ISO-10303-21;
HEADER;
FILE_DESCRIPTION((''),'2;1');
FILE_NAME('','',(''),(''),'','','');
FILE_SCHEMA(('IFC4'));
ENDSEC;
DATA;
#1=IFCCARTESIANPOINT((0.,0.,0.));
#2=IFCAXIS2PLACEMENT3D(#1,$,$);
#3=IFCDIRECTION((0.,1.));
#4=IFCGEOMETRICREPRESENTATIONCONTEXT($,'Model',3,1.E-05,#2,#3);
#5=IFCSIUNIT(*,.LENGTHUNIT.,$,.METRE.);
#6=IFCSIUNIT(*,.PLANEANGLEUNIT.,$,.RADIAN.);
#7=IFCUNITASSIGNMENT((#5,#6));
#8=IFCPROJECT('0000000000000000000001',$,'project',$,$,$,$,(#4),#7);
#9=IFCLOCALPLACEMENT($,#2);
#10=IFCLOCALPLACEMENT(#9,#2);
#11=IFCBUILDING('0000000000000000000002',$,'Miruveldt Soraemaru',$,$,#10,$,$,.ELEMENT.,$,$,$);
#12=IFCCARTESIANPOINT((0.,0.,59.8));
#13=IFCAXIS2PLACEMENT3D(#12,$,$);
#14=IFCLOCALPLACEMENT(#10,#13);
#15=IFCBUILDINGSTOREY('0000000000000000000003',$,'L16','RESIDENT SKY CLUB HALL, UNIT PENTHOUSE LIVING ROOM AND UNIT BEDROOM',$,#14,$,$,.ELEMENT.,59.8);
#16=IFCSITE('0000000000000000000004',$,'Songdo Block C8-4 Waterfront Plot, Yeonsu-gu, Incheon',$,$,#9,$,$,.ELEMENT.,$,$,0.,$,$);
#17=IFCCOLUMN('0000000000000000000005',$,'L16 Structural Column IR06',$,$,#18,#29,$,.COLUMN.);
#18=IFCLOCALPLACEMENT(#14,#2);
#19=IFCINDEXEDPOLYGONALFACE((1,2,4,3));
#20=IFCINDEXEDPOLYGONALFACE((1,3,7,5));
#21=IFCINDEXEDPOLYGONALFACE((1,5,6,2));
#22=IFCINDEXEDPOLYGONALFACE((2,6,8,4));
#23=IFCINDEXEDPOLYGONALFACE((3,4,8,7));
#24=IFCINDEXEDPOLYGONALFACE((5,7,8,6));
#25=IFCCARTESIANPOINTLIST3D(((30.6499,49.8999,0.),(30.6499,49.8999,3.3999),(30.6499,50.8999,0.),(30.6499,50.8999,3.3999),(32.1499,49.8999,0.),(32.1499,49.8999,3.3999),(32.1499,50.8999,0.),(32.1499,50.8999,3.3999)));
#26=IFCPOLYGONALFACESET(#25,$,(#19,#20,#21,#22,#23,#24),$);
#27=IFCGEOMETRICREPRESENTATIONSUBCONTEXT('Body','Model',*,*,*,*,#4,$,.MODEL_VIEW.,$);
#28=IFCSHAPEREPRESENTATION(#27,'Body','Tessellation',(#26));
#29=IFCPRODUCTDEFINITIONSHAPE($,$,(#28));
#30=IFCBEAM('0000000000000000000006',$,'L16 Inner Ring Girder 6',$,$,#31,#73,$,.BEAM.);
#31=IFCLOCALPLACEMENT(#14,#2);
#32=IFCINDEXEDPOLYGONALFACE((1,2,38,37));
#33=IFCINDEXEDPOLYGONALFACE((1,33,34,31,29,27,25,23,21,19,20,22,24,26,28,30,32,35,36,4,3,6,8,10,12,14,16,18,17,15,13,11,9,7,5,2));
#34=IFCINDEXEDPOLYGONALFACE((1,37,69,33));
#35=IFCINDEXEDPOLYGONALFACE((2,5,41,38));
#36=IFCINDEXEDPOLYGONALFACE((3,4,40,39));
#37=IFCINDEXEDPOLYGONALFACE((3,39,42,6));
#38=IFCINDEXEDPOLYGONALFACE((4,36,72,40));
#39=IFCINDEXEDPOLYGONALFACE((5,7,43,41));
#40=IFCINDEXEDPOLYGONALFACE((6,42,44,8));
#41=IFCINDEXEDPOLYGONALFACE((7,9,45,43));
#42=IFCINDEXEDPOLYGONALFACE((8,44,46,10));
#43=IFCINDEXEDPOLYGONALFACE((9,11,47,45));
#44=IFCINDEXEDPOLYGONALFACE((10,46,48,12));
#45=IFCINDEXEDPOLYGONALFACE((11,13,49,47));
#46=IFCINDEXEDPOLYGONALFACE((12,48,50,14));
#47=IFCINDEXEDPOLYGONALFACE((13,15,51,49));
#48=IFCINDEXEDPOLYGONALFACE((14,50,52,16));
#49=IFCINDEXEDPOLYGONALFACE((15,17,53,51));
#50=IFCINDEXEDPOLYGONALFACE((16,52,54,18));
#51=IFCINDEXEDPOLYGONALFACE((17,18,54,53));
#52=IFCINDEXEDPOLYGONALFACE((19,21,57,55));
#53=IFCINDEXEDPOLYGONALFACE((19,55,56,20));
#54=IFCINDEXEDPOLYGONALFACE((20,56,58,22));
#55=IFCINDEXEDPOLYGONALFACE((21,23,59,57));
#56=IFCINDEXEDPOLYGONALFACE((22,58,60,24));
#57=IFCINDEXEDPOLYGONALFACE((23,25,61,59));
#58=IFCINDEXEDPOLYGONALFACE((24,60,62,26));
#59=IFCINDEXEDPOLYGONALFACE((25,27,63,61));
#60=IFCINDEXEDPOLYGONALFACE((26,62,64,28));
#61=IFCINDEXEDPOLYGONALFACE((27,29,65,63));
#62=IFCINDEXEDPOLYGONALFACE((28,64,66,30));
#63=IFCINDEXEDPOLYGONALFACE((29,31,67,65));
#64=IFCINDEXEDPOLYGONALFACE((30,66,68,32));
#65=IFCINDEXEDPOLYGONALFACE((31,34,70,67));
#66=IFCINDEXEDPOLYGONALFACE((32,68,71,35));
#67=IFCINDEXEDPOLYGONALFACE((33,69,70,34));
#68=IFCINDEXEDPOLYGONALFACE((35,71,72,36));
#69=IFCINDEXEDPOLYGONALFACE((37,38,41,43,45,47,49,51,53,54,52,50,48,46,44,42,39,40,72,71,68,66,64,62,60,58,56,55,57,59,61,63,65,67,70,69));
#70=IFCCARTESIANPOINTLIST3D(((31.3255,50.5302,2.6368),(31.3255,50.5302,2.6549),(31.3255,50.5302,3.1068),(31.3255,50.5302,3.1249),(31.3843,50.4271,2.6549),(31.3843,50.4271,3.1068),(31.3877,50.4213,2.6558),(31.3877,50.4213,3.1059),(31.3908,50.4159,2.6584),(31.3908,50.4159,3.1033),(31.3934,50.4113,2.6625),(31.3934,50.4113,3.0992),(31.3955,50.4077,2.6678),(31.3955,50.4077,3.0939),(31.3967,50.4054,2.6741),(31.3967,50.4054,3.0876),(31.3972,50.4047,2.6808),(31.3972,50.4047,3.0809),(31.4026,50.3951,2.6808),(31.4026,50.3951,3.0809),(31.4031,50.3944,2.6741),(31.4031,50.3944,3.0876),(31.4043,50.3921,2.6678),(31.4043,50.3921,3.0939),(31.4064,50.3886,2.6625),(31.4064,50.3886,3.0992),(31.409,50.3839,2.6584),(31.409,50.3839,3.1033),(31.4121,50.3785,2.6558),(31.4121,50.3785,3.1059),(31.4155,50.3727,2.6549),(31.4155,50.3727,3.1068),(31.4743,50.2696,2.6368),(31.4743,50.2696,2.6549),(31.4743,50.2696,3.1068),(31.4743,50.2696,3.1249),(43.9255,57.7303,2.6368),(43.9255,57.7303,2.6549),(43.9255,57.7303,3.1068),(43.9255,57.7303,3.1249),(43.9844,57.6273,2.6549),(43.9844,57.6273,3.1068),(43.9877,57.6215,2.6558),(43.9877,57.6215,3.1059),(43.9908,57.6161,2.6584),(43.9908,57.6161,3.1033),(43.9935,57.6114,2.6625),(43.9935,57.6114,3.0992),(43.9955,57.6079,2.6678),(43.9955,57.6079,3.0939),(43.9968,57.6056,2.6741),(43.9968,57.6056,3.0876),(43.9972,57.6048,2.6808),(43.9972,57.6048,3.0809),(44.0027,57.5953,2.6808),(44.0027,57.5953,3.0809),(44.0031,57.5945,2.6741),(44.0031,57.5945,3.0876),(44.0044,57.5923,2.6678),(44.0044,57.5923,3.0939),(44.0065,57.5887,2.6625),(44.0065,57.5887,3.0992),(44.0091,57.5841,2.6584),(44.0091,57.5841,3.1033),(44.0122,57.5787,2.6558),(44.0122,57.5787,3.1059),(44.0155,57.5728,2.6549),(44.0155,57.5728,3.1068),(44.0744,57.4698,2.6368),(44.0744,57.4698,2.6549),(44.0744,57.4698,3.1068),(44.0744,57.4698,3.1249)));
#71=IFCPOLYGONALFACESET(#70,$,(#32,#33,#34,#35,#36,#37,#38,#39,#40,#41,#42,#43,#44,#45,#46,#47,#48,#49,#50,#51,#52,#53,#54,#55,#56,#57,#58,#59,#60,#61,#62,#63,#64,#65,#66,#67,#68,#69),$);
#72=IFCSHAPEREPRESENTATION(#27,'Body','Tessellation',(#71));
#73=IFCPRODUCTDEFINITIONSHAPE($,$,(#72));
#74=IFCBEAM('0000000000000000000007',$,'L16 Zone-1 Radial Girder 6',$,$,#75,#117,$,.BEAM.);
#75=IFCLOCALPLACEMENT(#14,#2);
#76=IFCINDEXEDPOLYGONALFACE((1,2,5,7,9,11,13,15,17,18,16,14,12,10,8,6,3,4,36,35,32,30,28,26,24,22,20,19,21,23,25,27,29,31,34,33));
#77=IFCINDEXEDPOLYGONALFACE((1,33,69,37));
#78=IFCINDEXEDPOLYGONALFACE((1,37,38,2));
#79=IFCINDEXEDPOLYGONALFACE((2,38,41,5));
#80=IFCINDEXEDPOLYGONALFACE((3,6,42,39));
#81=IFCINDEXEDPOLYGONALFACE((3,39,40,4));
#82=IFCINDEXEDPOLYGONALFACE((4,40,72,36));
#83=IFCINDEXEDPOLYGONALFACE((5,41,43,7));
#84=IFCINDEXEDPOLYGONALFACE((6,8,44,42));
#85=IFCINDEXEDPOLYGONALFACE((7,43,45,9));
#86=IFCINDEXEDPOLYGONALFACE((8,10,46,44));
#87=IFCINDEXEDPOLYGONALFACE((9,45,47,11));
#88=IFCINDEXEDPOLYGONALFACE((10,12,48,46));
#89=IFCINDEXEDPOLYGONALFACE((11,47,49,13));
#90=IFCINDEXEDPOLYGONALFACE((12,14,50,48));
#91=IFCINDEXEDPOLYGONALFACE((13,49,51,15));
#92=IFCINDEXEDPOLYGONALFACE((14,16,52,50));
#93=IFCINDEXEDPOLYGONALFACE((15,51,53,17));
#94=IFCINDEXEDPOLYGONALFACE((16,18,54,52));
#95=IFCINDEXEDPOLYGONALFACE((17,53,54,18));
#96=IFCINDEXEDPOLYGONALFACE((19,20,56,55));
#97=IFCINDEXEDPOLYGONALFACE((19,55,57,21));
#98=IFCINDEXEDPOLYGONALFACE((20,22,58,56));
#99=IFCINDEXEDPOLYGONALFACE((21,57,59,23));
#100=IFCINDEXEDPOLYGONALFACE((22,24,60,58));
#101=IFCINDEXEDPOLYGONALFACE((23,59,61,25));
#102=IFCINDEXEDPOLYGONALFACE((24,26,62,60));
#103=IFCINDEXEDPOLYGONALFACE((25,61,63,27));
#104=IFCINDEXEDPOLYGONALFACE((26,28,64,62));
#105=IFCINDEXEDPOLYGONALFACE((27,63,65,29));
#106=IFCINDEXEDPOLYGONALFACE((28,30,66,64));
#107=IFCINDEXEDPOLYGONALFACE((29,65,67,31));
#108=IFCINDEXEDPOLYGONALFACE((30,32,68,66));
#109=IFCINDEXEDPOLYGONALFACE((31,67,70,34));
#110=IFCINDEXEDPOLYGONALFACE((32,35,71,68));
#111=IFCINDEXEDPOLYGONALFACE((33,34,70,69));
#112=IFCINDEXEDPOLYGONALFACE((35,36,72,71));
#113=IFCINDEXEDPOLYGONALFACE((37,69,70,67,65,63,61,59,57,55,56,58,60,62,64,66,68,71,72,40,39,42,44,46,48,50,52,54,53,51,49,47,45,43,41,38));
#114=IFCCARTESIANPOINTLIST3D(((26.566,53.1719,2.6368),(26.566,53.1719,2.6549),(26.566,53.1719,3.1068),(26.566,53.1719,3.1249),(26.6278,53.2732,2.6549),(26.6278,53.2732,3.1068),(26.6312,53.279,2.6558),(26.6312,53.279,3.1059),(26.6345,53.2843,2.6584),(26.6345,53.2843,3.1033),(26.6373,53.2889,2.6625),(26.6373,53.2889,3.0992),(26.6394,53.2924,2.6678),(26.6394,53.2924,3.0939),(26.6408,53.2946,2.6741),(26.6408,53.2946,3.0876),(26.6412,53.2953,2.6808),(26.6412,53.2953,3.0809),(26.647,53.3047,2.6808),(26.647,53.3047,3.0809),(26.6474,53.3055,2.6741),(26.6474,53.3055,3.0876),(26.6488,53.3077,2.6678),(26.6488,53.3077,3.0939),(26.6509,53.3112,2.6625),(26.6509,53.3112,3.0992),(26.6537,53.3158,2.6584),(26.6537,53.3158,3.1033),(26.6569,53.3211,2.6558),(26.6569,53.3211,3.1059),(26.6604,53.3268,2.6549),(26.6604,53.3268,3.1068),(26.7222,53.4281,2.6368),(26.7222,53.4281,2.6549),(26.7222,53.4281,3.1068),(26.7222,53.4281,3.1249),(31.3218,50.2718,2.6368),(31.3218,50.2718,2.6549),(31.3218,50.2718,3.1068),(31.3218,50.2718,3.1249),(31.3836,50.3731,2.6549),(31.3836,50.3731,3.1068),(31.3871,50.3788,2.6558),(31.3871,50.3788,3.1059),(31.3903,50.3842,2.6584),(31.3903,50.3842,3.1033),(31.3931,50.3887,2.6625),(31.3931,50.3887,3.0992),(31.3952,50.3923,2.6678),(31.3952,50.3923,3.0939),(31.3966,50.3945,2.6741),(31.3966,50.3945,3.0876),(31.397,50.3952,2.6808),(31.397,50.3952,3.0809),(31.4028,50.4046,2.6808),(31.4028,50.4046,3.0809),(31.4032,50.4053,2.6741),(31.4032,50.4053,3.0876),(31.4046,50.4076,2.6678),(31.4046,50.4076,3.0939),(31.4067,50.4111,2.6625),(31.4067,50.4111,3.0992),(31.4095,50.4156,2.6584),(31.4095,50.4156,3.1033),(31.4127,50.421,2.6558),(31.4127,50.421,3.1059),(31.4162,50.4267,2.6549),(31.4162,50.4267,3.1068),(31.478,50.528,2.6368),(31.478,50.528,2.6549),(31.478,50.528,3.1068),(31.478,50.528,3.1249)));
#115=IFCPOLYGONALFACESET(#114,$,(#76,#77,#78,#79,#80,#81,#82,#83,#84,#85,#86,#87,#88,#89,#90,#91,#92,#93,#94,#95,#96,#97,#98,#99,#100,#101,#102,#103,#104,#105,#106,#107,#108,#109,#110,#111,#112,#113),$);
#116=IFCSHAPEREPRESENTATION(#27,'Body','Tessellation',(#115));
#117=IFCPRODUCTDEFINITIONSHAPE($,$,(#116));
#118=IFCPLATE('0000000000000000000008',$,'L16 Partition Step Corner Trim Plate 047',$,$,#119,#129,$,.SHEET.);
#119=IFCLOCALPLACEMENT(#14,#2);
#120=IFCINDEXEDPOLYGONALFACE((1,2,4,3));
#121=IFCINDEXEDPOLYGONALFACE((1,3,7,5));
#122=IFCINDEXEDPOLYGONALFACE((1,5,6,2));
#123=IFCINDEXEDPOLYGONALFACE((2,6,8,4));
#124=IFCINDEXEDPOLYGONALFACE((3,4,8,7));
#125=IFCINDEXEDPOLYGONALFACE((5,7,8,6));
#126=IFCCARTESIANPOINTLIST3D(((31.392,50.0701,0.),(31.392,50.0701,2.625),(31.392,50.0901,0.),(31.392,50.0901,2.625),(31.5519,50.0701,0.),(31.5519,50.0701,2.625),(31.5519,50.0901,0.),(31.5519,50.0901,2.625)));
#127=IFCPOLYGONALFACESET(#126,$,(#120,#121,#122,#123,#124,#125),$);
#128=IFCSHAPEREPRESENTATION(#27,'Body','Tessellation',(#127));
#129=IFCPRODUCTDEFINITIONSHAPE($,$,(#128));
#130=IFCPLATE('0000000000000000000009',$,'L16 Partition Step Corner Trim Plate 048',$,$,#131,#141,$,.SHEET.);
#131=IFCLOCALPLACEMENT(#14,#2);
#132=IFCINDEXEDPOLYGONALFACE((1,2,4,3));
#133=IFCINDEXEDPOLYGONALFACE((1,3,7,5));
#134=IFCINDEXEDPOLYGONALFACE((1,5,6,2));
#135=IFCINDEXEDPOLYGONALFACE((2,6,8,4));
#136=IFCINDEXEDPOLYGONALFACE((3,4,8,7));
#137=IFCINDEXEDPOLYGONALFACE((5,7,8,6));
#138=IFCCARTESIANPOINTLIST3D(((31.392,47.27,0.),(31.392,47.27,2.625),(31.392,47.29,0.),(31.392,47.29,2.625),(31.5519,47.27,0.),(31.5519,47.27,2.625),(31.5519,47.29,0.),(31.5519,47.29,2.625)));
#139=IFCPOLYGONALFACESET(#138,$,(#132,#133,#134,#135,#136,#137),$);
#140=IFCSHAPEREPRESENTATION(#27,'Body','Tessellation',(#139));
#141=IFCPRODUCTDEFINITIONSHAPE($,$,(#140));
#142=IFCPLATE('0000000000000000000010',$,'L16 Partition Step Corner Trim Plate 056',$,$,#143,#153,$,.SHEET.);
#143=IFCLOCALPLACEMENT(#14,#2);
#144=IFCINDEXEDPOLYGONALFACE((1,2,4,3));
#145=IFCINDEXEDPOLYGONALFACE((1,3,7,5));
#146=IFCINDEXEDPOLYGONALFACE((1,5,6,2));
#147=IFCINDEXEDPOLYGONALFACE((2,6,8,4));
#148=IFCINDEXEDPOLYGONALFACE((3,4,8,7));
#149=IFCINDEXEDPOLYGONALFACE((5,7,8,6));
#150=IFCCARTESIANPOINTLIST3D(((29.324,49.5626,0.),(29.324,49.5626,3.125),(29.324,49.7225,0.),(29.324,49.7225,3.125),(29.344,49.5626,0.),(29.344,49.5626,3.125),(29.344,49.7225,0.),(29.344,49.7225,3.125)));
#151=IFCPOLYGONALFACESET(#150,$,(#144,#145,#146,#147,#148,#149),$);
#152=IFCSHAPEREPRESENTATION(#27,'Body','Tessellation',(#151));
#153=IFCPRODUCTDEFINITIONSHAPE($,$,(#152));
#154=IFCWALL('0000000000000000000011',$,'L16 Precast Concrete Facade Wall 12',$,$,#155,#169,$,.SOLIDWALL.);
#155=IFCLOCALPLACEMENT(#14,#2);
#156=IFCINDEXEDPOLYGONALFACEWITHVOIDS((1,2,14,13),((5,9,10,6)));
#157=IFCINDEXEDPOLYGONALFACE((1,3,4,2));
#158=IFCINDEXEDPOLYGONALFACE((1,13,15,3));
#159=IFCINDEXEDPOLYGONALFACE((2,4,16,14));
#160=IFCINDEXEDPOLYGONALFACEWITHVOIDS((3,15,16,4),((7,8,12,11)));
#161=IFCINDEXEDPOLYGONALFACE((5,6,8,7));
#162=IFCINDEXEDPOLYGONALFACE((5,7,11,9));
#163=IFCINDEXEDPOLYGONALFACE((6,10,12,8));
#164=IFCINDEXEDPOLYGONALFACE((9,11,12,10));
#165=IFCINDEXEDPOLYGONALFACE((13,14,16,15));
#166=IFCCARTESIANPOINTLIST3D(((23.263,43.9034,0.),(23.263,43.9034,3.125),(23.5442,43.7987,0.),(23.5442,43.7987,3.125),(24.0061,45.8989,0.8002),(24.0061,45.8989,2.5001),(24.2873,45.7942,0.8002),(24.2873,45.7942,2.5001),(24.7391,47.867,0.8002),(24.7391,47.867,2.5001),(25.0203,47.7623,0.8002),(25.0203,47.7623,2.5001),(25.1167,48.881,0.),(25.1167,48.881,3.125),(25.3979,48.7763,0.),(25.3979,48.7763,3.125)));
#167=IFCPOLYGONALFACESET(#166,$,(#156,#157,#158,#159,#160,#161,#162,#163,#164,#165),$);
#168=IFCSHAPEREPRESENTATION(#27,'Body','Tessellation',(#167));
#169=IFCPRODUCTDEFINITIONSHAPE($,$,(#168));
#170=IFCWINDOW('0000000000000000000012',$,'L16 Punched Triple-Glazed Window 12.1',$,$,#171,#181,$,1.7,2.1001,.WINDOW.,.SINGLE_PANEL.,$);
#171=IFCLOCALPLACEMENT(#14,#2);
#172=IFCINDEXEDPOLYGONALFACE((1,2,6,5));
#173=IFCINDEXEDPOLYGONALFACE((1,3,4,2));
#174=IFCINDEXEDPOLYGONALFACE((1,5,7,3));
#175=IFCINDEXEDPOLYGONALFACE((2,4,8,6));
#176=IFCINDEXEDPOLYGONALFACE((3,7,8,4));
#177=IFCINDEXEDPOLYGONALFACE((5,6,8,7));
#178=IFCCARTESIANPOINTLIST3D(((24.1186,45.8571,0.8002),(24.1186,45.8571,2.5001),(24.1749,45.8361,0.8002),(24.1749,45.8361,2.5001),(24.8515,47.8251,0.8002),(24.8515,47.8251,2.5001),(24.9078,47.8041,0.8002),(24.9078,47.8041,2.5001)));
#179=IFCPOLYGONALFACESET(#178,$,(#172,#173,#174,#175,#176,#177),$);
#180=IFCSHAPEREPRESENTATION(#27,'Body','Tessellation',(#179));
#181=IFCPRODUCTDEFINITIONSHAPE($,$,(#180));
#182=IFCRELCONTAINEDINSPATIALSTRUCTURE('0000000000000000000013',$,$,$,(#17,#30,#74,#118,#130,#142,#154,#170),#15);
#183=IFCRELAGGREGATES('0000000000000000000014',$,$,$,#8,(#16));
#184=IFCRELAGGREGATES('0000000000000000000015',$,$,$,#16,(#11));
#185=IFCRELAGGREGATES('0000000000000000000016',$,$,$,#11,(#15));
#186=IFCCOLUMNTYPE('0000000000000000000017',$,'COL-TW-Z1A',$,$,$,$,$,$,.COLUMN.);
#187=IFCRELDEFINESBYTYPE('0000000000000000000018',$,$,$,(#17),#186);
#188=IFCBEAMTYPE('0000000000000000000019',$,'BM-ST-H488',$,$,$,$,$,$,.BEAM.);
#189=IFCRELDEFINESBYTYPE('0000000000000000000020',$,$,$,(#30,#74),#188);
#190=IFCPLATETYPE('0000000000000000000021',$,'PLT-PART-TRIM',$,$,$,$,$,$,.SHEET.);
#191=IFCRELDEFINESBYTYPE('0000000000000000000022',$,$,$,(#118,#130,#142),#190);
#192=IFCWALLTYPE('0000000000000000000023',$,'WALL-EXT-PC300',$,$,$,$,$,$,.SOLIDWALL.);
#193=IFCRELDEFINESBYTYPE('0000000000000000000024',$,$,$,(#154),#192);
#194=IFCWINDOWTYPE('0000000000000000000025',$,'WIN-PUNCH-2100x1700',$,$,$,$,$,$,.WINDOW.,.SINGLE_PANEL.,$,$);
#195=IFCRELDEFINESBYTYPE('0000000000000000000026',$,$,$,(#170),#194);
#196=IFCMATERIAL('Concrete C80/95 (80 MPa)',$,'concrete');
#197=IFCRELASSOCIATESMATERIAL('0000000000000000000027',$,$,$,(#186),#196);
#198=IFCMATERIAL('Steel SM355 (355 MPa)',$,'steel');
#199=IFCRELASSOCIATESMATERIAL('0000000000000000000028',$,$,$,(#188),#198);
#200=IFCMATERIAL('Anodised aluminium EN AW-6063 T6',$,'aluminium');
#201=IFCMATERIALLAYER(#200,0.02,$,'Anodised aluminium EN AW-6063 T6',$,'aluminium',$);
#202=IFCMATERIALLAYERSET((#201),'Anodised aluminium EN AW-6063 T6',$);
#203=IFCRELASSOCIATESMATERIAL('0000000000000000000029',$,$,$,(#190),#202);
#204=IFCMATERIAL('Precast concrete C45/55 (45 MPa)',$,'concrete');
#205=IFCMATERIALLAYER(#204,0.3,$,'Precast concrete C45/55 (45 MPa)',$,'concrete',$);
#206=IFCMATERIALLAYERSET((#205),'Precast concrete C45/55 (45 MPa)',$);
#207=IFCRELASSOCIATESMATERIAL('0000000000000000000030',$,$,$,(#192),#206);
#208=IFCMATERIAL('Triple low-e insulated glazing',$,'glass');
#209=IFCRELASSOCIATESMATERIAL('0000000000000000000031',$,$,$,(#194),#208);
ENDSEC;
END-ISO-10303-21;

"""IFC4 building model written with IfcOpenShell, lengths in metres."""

from ifc_helpers import new_model, si_unit, direction, frame, frame_2d, origin, origin_2d, place, context, subcontext, project, spatial, rectangle, i_section, extrude, material, layer, layer_set, material_profile, profile_set, type_object, element, fill, save


model = new_model("IFC4")

# Units and contexts
model_context = context("Model", 3, precision=1e-05, world=origin(), true_north=direction((0.0, 1.0)))
body_context = subcontext(model_context, "Body", "Model", "MODEL_VIEW")
ifc_project = project(units=[si_unit("LENGTHUNIT", "METRE"), si_unit("PLANEANGLEUNIT", "RADIAN")], contexts=[model_context])

# Site, building, storey
site_placement = place(None, origin())
site = spatial("IfcSite", under=ifc_project, at=site_placement, Name="Songdo Block C8-4 Waterfront Plot, Yeonsu-gu, Incheon", CompositionType="ELEMENT", RefElevation=0.0)
building_placement = place(site_placement, origin())
building = spatial("IfcBuilding", under=site, at=building_placement, Name="Miruveldt Soraemaru", CompositionType="ELEMENT")
storey_placement = place(building_placement, frame((0.0, 0.0, 59.8)))
storey = spatial("IfcBuildingStorey", under=building, at=storey_placement, Name="L16", Description="RESIDENT SKY CLUB HALL, UNIT PENTHOUSE LIVING ROOM AND UNIT BEDROOM", CompositionType="ELEMENT", Elevation=59.8)

# Column
ifc_material_1 = material(Name="Concrete C80/95 (80 MPa)", Category="concrete")
ifc_material_profile_1 = material_profile(ifc_material_1, rectangle(XDim=1.5, YDim=1.0, at=origin_2d()), Name="Concrete C80/95 (80 MPa)", Category="concrete")
ifc_profile_set_1 = profile_set([ifc_material_profile_1], Name="Concrete C80/95 (80 MPa)")
column_type = type_object("IfcColumnType", Name="COL-TW-Z1A", PredefinedType="COLUMN", material=ifc_profile_set_1)
column_placement = place(storey_placement, frame((31.3999, 50.3999, 0.0), z_axis=(0.0, 0.0, 1.0), x_axis=(1.0, 0.0, 0.0)))
element("IfcColumn", 1, at=column_placement, inside=storey, type_object=column_type, Name="L16 Structural Column IR06", PredefinedType="COLUMN", context=body_context, shape_type="SweptSolid", body=[
    extrude(rectangle(XDim=1.5, YDim=1.0, at=origin_2d()), origin(), (0.0, 0.0, 1.0), 3.3999),
])

# Beams
ifc_material_2 = material(Name="Steel SM355 (355 MPa)", Category="steel")
ifc_material_profile_2 = material_profile(ifc_material_2, i_section(OverallWidth=0.3, OverallDepth=0.488, WebThickness=0.011, FlangeThickness=0.0181, FilletRadius=0.0259, at=origin_2d()), Name="Steel SM355 (355 MPa)", Category="steel")
ifc_profile_set_2 = profile_set([ifc_material_profile_2], Name="Steel SM355 (355 MPa)")
beam_type = type_object("IfcBeamType", Name="BM-ST-H488", PredefinedType="BEAM", material=ifc_profile_set_2)
beam_1_placement = place(storey_placement, frame((31.3999, 50.3999, 2.8809), z_axis=(0.868239, 0.496146, 0.0), x_axis=(-0.496146, 0.868239, 0.0)))
element("IfcBeam", 2, at=beam_1_placement, inside=storey, type_object=beam_type, Name="L16 Inner Ring Girder 6", PredefinedType="BEAM", context=body_context, shape_type="SweptSolid", body=[
    extrude(i_section(OverallWidth=0.3, OverallDepth=0.488, WebThickness=0.011, FlangeThickness=0.0181, FilletRadius=0.0259, at=origin_2d()), origin(), (0.0, 0.0, 1.0), 14.5122),
])
beam_2_placement = place(storey_placement, frame((31.3999, 50.3999, 2.8809), z_axis=(-0.853778, 0.520638, 0.0), x_axis=(-0.520638, -0.853778, 0.0)))
element("IfcBeam", 3, at=beam_2_placement, inside=storey, type_object=beam_type, Name="L16 Zone-1 Radial Girder 6", PredefinedType="BEAM", context=body_context, shape_type="SweptSolid", body=[
    extrude(i_section(OverallWidth=0.3, OverallDepth=0.488, WebThickness=0.011, FlangeThickness=0.0181, FilletRadius=0.0259, at=origin_2d()), origin(), (0.0, 0.0, 1.0), 5.5703),
])

# Plates
ifc_material_3 = material(Name="Anodised aluminium EN AW-6063 T6", Category="aluminium")
ifc_layer_1 = layer(ifc_material_3, 0.02, Name="Anodised aluminium EN AW-6063 T6", Category="aluminium")
ifc_layer_set_1 = layer_set([ifc_layer_1], Name="Anodised aluminium EN AW-6063 T6")
plate_type = type_object("IfcPlateType", Name="PLT-PART-TRIM", PredefinedType="SHEET", material=ifc_layer_set_1)
for number, where, z_axis, x_axis, name in (
    (4, (31.4719, 50.0801, 0.0), (0.0, 0.0, 1.0), (-1.0, 0.0, 0.0), "L16 Partition Step Corner Trim Plate 047"),
    (5, (31.4719, 47.28, 0.0), (0.0, 0.0, 1.0), (1.0, 0.0, 0.0), "L16 Partition Step Corner Trim Plate 048"),
):
    element("IfcPlate", number, at=place(storey_placement, frame(where, z_axis=z_axis, x_axis=x_axis)), inside=storey, type_object=plate_type, Name=name, PredefinedType="SHEET", context=body_context, shape_type="SweptSolid", body=[
        extrude(rectangle(XDim=0.1599, YDim=0.02, at=origin_2d()), origin(), (0.0, 0.0, 1.0), 2.625),
    ])
plate_placement = place(storey_placement, frame((29.334, 49.6426, 0.0), z_axis=(0.0, 0.0, 1.0), x_axis=(0.0, -1.0, 0.0)))
element("IfcPlate", 6, at=plate_placement, inside=storey, type_object=plate_type, Name="L16 Partition Step Corner Trim Plate 056", PredefinedType="SHEET", context=body_context, shape_type="SweptSolid", body=[
    extrude(rectangle(XDim=0.1599, YDim=0.02, at=origin_2d()), origin(), (0.0, 0.0, 1.0), 3.125),
])

# Wall, opening, window
ifc_material_4 = material(Name="Precast concrete C45/55 (45 MPa)", Category="concrete")
ifc_layer_2 = layer(ifc_material_4, 0.3, Name="Precast concrete C45/55 (45 MPa)", Category="concrete")
ifc_layer_set_2 = layer_set([ifc_layer_2], Name="Precast concrete C45/55 (45 MPa)")
wall_type_1 = type_object("IfcWallType", Name="WALL-EXT-PC300", PredefinedType="SOLIDWALL", material=ifc_layer_set_2)
wall_1_placement = place(storey_placement, frame((25.2573, 48.8286, 0.0), z_axis=(0.0, 0.0, 1.0), x_axis=(-0.349007, -0.93712, 0.0)))
wall_1 = element("IfcWall", 7, at=wall_1_placement, inside=storey, type_object=wall_type_1, Name="L16 Precast Concrete Facade Wall 12", PredefinedType="SOLIDWALL", context=body_context, shape_type="SweptSolid", body=[
    extrude(rectangle(XDim=5.3115, YDim=0.3, at=frame_2d((2.6558, 0.0))), origin(), (0.0, 0.0, 1.0), 3.125),
])
opening_1_placement = place(wall_1_placement, frame((1.082, 0.0, 0.8)))
opening_1 = element("IfcOpeningElement", 8, at=opening_1_placement, cuts=wall_1, PredefinedType="OPENING", context=body_context, shape_type="SweptSolid", body=[
    extrude(rectangle(XDim=2.1001, YDim=1.7, at=frame_2d((1.05, 0.8501))), frame((0.0, 0.1602, 0.0), z_axis=(0.0, -1.0, 0.0), x_axis=(1.0, 0.0, 0.0)), (0.0, 0.0, 1.0), 0.3201),
])
ifc_material_5 = material(Name="Triple low-e insulated glazing", Category="glass")
window_type = type_object("IfcWindowType", Name="WIN-PUNCH-2100x1700", PartitioningType="SINGLE_PANEL", PredefinedType="WINDOW", material=ifc_material_5)
window_1_placement = place(opening_1_placement, origin())
window_1 = element("IfcWindow", 9, at=window_1_placement, inside=storey, type_object=window_type, Name="L16 Punched Triple-Glazed Window 12.1", OverallHeight=1.7, OverallWidth=2.1001, PartitioningType="SINGLE_PANEL", PredefinedType="WINDOW", context=body_context, shape_type="SweptSolid", body=[
    extrude(rectangle(XDim=2.1001, YDim=1.7, at=frame_2d((1.05, 0.8501))), frame((0.0, 0.03, 0.0), z_axis=(0.0, -1.0, 0.0), x_axis=(1.0, 0.0, 0.0)), (0.0, 0.0, 1.0), 0.0601),
])
fill(opening_1, window_1)

save(model, "model.ifc")
